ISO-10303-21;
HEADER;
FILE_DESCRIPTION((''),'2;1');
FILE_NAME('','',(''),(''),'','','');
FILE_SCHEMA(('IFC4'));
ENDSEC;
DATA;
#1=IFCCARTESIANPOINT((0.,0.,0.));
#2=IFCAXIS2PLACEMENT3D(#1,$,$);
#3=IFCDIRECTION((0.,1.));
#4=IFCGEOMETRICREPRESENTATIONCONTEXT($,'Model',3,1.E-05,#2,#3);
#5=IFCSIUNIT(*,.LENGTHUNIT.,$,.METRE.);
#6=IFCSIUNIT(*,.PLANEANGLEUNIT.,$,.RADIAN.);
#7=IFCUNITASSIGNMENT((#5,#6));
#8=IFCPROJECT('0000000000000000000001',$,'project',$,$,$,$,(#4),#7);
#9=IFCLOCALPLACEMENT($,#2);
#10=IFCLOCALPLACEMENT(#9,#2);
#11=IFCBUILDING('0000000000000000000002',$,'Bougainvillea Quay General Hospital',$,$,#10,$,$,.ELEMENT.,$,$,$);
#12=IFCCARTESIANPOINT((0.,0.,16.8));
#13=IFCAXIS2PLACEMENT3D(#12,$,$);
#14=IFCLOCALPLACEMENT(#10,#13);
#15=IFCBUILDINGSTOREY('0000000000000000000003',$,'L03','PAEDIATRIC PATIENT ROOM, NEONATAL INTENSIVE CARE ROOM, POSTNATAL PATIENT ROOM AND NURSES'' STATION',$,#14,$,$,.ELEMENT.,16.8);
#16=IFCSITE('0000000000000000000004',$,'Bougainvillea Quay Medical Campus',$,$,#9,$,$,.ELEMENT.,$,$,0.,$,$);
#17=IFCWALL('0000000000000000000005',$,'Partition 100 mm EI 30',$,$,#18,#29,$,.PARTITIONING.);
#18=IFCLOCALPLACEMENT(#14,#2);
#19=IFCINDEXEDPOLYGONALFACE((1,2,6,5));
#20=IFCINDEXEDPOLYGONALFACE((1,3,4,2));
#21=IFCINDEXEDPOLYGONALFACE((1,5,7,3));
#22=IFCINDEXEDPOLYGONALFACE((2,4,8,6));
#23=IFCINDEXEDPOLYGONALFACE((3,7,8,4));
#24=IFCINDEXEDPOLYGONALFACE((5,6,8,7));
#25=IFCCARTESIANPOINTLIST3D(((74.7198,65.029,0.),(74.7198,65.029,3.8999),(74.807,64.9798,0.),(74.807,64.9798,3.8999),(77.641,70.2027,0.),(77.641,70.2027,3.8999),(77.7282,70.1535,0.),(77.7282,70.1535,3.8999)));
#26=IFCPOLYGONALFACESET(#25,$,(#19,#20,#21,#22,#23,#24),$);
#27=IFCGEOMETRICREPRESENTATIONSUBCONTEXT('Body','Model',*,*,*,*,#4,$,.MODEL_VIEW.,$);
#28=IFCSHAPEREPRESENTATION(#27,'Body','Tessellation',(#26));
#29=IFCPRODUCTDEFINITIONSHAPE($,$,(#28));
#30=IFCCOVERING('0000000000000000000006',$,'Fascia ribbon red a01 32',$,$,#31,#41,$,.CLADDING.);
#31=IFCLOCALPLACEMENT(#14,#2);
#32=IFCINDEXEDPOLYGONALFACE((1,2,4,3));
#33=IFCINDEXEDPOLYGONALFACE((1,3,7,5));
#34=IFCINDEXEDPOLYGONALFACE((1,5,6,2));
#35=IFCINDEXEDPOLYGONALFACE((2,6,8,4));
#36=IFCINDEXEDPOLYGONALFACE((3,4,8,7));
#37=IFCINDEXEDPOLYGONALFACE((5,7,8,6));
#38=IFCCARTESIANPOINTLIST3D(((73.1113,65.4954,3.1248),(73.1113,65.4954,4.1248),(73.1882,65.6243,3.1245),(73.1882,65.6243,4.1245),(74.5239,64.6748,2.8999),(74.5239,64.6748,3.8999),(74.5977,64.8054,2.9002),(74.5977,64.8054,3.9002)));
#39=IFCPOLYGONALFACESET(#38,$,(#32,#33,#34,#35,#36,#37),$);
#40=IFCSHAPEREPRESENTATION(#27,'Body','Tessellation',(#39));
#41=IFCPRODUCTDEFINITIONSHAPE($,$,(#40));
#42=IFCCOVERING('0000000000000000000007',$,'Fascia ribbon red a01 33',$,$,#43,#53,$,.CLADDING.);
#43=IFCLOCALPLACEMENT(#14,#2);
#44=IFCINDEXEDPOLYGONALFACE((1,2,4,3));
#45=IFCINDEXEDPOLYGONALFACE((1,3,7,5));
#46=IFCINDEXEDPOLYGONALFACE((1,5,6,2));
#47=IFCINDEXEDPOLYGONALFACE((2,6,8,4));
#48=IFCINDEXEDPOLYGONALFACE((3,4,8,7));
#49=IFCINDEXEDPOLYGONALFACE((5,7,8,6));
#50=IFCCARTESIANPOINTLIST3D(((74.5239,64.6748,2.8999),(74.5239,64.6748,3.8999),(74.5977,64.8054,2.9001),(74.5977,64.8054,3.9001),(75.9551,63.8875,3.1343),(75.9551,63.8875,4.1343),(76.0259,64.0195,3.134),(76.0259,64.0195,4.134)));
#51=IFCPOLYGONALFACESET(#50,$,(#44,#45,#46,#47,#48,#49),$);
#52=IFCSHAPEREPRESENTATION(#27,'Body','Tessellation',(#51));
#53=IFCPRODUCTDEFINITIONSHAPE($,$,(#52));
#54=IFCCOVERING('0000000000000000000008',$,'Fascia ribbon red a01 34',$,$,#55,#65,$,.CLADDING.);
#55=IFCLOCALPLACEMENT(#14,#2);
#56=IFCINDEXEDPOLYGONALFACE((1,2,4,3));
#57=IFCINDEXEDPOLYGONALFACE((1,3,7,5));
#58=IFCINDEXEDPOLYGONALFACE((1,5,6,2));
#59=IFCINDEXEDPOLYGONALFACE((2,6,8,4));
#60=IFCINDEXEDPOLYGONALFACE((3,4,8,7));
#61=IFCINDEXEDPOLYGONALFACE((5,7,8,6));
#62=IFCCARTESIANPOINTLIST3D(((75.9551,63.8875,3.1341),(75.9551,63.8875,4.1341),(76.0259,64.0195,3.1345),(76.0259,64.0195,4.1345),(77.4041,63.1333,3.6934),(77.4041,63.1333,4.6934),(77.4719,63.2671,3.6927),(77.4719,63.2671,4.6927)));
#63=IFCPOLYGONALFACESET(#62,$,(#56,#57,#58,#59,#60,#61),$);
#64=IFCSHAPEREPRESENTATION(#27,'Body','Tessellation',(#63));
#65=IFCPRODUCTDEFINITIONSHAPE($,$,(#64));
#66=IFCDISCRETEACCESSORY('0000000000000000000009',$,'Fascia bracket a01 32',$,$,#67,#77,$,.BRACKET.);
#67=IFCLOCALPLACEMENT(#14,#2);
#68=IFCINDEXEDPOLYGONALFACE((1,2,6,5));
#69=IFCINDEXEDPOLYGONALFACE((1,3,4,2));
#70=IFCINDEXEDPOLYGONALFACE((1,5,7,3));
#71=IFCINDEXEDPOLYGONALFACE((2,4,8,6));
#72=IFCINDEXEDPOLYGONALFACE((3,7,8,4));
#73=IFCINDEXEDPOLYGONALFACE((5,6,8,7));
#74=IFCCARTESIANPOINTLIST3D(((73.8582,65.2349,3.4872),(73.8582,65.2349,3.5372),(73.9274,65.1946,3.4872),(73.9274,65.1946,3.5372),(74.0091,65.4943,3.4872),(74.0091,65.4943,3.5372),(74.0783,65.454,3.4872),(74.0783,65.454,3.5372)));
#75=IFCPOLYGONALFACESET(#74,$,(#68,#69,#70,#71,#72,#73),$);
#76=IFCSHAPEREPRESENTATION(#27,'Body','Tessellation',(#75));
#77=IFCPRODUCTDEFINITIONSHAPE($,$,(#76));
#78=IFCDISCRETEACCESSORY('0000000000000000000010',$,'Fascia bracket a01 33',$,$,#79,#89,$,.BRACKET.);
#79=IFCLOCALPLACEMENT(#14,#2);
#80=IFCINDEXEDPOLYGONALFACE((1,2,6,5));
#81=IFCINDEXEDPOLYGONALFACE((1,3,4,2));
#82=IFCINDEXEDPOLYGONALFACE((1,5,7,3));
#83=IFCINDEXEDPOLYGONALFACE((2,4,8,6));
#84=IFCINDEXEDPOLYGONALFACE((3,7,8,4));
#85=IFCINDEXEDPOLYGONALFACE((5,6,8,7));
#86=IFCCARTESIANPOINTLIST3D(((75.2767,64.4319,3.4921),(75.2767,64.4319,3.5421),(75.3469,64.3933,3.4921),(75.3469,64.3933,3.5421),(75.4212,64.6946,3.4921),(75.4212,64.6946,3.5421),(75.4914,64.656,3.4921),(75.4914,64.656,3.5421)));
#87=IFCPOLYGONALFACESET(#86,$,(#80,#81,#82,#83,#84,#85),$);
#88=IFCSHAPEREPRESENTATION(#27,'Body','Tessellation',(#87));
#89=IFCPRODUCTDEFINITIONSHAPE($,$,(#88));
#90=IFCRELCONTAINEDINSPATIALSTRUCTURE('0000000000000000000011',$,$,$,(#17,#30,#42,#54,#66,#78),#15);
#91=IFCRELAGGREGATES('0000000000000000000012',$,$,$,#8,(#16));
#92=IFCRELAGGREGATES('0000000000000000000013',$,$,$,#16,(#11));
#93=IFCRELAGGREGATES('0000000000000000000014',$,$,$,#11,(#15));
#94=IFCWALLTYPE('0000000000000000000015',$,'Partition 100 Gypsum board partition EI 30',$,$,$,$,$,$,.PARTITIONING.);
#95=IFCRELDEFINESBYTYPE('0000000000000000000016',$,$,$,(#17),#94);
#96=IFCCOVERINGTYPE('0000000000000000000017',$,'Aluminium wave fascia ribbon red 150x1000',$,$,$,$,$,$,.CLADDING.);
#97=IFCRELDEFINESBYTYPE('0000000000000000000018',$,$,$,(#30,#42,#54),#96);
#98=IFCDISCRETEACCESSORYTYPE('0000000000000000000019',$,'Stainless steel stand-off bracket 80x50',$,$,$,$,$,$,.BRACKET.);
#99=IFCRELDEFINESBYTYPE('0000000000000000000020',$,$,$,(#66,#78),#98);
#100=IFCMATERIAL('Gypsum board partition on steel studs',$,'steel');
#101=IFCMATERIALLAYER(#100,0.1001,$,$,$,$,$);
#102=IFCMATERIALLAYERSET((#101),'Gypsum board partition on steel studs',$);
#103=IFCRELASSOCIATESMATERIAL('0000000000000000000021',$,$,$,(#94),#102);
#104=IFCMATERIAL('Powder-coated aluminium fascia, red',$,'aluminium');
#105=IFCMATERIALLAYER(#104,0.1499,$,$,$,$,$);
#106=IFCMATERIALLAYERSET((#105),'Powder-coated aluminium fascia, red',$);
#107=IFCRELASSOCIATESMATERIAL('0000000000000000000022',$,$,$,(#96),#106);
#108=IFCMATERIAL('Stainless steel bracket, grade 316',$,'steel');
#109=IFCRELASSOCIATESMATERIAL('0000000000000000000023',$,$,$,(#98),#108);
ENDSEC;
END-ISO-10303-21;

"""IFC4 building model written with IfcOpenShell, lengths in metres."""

from ifc_helpers import new_model, si_unit, direction, frame, frame_2d, origin, origin_2d, place, context, subcontext, project, spatial, polyline, rectangle, outline, extrude, material, layer, layer_set, material_profile, profile_set, type_object, element, save


model = new_model("IFC4")

# Units and contexts
model_context = context("Model", 3, precision=1e-05, world=origin(), true_north=direction((0.0, 1.0)))
body_context = subcontext(model_context, "Body", "Model", "MODEL_VIEW")
ifc_project = project(units=[si_unit("LENGTHUNIT", "METRE"), si_unit("PLANEANGLEUNIT", "RADIAN")], contexts=[model_context])

# Site, building, storey
site_placement = place(None, origin())
site = spatial("IfcSite", under=ifc_project, at=site_placement, Name="Bougainvillea Quay Medical Campus", CompositionType="ELEMENT", RefElevation=0.0)
building_placement = place(site_placement, origin())
building = spatial("IfcBuilding", under=site, at=building_placement, Name="Bougainvillea Quay General Hospital", CompositionType="ELEMENT")
storey_placement = place(building_placement, frame((0.0, 0.0, 16.8)))
storey = spatial("IfcBuildingStorey", under=building, at=storey_placement, Name="L03", Description="PAEDIATRIC PATIENT ROOM, NEONATAL INTENSIVE CARE ROOM, POSTNATAL PATIENT ROOM AND NURSES' STATION", CompositionType="ELEMENT", Elevation=16.8)

# Wall
ifc_material_1 = material(Name="Gypsum board partition on steel studs", Category="steel")
ifc_layer_1 = layer(ifc_material_1, 0.1001)
ifc_layer_set_1 = layer_set([ifc_layer_1], Name="Gypsum board partition on steel studs")
wall_type = type_object("IfcWallType", Name="Partition 100 Gypsum board partition EI 30", PredefinedType="PARTITIONING", material=ifc_layer_set_1)
wall_placement = place(storey_placement, frame((74.7634, 65.0044, 0.0), z_axis=(0.0, 0.0, 1.0), x_axis=(0.491667, 0.870783, 0.0)))
element("IfcWall", 1, at=wall_placement, inside=storey, type_object=wall_type, Name="Partition 100 mm EI 30", PredefinedType="PARTITIONING", context=body_context, shape_type="SweptSolid", body=[
    extrude(rectangle(XDim=5.9414, YDim=0.1001, at=frame_2d((2.9707, 0.0))), origin(), (0.0, 0.0, 1.0), 3.8999),
])

# Coverings
ifc_material_2 = material(Name="Powder-coated aluminium fascia, red", Category="aluminium")
ifc_layer_2 = layer(ifc_material_2, 0.1499)
ifc_layer_set_2 = layer_set([ifc_layer_2], Name="Powder-coated aluminium fascia, red")
covering_type = type_object("IfcCoveringType", Name="Aluminium wave fascia ribbon red 150x1000", PredefinedType="CLADDING", material=ifc_layer_set_2)
covering_1_placement = place(storey_placement, frame((73.1882, 65.6243, 3.1245), z_axis=(0.117931, -0.068451, 0.99066), x_axis=(0.856587, -0.49766, -0.136357)))
element("IfcCovering", 2, at=covering_1_placement, inside=storey, type_object=covering_type, Name="Fascia ribbon red a01 32", PredefinedType="CLADDING", context=body_context, shape_type="SweptSolid", body=[
    extrude(outline(polyline([(0.0, 0.0), (1.6454, 0.0), (1.6473, -0.15), (-0.0018, -0.1501), (0.0, 0.0)])), origin(), (-0.136357, -0.000055, 0.99066), 1.0),
])
covering_2_placement = place(storey_placement, frame((74.5977, 64.8054, 2.9001), z_axis=(-0.124435, 0.068462, 0.989863), x_axis=(0.86724, -0.477204, 0.142025)))
element("IfcCovering", 3, at=covering_2_placement, inside=storey, type_object=covering_type, Name="Fascia ribbon red a01 33", PredefinedType="CLADDING", context=body_context, shape_type="SweptSolid", body=[
    extrude(outline(polyline([(0.0, 0.0), (1.6469, 0.0), (1.6485, -0.1499), (-0.0016, -0.15), (0.0, 0.0)])), origin(), (0.142025, 0.000008, 0.989863), 1.0),
])
covering_3_placement = place(storey_placement, frame((76.0259, 64.0195, 3.1345), z_axis=(-0.286857, 0.150487, 0.94608), x_axis=(0.83926, -0.436704, 0.323933)))
element("IfcCovering", 4, at=covering_3_placement, inside=storey, type_object=covering_type, Name="Fascia ribbon red a01 34", PredefinedType="CLADDING", context=body_context, shape_type="SweptSolid", body=[
    extrude(outline(polyline([(0.0, 0.0), (1.723, 0.0), (1.7247, -0.15), (-0.0019, -0.1498), (0.0, 0.0)])), origin(), (0.323933, -0.001026, 0.94608), 1.0),
])

# Discrete accessories
ifc_material_3 = material(Name="Stainless steel bracket, grade 316", Category="steel")
ifc_material_profile_1 = material_profile(ifc_material_3, rectangle(XDim=0.0801, YDim=0.05, at=origin_2d()))
ifc_profile_set_1 = profile_set([ifc_material_profile_1], Name="Stainless steel bracket, grade 316")
discrete_accessory_type = type_object("IfcDiscreteAccessoryType", Name="Stainless steel stand-off bracket 80x50", PredefinedType="BRACKET", material=ifc_profile_set_1)
discrete_accessory_1_placement = place(storey_placement, frame((74.0437, 65.4741, 3.5122), z_axis=(-0.50296, -0.86431, 0.0), x_axis=(0.86431, -0.50296, 0.0)))
element("IfcDiscreteAccessory", 5, at=discrete_accessory_1_placement, inside=storey, type_object=discrete_accessory_type, Name="Fascia bracket a01 32", PredefinedType="BRACKET", context=body_context, shape_type="SweptSolid", body=[
    extrude(rectangle(XDim=0.0801, YDim=0.05, at=origin_2d()), origin(), (0.0, 0.0, 1.0), 0.3),
])
discrete_accessory_2_placement = place(storey_placement, frame((75.4563, 64.6753, 3.5171), z_axis=(-0.482044, -0.876147, 0.0), x_axis=(0.876147, -0.482044, 0.0)))
element("IfcDiscreteAccessory", 6, at=discrete_accessory_2_placement, inside=storey, type_object=discrete_accessory_type, Name="Fascia bracket a01 33", PredefinedType="BRACKET", context=body_context, shape_type="SweptSolid", body=[
    extrude(rectangle(XDim=0.0801, YDim=0.05, at=origin_2d()), origin(), (0.0, 0.0, 1.0), 0.2998),
])

save(model, "model.ifc")
